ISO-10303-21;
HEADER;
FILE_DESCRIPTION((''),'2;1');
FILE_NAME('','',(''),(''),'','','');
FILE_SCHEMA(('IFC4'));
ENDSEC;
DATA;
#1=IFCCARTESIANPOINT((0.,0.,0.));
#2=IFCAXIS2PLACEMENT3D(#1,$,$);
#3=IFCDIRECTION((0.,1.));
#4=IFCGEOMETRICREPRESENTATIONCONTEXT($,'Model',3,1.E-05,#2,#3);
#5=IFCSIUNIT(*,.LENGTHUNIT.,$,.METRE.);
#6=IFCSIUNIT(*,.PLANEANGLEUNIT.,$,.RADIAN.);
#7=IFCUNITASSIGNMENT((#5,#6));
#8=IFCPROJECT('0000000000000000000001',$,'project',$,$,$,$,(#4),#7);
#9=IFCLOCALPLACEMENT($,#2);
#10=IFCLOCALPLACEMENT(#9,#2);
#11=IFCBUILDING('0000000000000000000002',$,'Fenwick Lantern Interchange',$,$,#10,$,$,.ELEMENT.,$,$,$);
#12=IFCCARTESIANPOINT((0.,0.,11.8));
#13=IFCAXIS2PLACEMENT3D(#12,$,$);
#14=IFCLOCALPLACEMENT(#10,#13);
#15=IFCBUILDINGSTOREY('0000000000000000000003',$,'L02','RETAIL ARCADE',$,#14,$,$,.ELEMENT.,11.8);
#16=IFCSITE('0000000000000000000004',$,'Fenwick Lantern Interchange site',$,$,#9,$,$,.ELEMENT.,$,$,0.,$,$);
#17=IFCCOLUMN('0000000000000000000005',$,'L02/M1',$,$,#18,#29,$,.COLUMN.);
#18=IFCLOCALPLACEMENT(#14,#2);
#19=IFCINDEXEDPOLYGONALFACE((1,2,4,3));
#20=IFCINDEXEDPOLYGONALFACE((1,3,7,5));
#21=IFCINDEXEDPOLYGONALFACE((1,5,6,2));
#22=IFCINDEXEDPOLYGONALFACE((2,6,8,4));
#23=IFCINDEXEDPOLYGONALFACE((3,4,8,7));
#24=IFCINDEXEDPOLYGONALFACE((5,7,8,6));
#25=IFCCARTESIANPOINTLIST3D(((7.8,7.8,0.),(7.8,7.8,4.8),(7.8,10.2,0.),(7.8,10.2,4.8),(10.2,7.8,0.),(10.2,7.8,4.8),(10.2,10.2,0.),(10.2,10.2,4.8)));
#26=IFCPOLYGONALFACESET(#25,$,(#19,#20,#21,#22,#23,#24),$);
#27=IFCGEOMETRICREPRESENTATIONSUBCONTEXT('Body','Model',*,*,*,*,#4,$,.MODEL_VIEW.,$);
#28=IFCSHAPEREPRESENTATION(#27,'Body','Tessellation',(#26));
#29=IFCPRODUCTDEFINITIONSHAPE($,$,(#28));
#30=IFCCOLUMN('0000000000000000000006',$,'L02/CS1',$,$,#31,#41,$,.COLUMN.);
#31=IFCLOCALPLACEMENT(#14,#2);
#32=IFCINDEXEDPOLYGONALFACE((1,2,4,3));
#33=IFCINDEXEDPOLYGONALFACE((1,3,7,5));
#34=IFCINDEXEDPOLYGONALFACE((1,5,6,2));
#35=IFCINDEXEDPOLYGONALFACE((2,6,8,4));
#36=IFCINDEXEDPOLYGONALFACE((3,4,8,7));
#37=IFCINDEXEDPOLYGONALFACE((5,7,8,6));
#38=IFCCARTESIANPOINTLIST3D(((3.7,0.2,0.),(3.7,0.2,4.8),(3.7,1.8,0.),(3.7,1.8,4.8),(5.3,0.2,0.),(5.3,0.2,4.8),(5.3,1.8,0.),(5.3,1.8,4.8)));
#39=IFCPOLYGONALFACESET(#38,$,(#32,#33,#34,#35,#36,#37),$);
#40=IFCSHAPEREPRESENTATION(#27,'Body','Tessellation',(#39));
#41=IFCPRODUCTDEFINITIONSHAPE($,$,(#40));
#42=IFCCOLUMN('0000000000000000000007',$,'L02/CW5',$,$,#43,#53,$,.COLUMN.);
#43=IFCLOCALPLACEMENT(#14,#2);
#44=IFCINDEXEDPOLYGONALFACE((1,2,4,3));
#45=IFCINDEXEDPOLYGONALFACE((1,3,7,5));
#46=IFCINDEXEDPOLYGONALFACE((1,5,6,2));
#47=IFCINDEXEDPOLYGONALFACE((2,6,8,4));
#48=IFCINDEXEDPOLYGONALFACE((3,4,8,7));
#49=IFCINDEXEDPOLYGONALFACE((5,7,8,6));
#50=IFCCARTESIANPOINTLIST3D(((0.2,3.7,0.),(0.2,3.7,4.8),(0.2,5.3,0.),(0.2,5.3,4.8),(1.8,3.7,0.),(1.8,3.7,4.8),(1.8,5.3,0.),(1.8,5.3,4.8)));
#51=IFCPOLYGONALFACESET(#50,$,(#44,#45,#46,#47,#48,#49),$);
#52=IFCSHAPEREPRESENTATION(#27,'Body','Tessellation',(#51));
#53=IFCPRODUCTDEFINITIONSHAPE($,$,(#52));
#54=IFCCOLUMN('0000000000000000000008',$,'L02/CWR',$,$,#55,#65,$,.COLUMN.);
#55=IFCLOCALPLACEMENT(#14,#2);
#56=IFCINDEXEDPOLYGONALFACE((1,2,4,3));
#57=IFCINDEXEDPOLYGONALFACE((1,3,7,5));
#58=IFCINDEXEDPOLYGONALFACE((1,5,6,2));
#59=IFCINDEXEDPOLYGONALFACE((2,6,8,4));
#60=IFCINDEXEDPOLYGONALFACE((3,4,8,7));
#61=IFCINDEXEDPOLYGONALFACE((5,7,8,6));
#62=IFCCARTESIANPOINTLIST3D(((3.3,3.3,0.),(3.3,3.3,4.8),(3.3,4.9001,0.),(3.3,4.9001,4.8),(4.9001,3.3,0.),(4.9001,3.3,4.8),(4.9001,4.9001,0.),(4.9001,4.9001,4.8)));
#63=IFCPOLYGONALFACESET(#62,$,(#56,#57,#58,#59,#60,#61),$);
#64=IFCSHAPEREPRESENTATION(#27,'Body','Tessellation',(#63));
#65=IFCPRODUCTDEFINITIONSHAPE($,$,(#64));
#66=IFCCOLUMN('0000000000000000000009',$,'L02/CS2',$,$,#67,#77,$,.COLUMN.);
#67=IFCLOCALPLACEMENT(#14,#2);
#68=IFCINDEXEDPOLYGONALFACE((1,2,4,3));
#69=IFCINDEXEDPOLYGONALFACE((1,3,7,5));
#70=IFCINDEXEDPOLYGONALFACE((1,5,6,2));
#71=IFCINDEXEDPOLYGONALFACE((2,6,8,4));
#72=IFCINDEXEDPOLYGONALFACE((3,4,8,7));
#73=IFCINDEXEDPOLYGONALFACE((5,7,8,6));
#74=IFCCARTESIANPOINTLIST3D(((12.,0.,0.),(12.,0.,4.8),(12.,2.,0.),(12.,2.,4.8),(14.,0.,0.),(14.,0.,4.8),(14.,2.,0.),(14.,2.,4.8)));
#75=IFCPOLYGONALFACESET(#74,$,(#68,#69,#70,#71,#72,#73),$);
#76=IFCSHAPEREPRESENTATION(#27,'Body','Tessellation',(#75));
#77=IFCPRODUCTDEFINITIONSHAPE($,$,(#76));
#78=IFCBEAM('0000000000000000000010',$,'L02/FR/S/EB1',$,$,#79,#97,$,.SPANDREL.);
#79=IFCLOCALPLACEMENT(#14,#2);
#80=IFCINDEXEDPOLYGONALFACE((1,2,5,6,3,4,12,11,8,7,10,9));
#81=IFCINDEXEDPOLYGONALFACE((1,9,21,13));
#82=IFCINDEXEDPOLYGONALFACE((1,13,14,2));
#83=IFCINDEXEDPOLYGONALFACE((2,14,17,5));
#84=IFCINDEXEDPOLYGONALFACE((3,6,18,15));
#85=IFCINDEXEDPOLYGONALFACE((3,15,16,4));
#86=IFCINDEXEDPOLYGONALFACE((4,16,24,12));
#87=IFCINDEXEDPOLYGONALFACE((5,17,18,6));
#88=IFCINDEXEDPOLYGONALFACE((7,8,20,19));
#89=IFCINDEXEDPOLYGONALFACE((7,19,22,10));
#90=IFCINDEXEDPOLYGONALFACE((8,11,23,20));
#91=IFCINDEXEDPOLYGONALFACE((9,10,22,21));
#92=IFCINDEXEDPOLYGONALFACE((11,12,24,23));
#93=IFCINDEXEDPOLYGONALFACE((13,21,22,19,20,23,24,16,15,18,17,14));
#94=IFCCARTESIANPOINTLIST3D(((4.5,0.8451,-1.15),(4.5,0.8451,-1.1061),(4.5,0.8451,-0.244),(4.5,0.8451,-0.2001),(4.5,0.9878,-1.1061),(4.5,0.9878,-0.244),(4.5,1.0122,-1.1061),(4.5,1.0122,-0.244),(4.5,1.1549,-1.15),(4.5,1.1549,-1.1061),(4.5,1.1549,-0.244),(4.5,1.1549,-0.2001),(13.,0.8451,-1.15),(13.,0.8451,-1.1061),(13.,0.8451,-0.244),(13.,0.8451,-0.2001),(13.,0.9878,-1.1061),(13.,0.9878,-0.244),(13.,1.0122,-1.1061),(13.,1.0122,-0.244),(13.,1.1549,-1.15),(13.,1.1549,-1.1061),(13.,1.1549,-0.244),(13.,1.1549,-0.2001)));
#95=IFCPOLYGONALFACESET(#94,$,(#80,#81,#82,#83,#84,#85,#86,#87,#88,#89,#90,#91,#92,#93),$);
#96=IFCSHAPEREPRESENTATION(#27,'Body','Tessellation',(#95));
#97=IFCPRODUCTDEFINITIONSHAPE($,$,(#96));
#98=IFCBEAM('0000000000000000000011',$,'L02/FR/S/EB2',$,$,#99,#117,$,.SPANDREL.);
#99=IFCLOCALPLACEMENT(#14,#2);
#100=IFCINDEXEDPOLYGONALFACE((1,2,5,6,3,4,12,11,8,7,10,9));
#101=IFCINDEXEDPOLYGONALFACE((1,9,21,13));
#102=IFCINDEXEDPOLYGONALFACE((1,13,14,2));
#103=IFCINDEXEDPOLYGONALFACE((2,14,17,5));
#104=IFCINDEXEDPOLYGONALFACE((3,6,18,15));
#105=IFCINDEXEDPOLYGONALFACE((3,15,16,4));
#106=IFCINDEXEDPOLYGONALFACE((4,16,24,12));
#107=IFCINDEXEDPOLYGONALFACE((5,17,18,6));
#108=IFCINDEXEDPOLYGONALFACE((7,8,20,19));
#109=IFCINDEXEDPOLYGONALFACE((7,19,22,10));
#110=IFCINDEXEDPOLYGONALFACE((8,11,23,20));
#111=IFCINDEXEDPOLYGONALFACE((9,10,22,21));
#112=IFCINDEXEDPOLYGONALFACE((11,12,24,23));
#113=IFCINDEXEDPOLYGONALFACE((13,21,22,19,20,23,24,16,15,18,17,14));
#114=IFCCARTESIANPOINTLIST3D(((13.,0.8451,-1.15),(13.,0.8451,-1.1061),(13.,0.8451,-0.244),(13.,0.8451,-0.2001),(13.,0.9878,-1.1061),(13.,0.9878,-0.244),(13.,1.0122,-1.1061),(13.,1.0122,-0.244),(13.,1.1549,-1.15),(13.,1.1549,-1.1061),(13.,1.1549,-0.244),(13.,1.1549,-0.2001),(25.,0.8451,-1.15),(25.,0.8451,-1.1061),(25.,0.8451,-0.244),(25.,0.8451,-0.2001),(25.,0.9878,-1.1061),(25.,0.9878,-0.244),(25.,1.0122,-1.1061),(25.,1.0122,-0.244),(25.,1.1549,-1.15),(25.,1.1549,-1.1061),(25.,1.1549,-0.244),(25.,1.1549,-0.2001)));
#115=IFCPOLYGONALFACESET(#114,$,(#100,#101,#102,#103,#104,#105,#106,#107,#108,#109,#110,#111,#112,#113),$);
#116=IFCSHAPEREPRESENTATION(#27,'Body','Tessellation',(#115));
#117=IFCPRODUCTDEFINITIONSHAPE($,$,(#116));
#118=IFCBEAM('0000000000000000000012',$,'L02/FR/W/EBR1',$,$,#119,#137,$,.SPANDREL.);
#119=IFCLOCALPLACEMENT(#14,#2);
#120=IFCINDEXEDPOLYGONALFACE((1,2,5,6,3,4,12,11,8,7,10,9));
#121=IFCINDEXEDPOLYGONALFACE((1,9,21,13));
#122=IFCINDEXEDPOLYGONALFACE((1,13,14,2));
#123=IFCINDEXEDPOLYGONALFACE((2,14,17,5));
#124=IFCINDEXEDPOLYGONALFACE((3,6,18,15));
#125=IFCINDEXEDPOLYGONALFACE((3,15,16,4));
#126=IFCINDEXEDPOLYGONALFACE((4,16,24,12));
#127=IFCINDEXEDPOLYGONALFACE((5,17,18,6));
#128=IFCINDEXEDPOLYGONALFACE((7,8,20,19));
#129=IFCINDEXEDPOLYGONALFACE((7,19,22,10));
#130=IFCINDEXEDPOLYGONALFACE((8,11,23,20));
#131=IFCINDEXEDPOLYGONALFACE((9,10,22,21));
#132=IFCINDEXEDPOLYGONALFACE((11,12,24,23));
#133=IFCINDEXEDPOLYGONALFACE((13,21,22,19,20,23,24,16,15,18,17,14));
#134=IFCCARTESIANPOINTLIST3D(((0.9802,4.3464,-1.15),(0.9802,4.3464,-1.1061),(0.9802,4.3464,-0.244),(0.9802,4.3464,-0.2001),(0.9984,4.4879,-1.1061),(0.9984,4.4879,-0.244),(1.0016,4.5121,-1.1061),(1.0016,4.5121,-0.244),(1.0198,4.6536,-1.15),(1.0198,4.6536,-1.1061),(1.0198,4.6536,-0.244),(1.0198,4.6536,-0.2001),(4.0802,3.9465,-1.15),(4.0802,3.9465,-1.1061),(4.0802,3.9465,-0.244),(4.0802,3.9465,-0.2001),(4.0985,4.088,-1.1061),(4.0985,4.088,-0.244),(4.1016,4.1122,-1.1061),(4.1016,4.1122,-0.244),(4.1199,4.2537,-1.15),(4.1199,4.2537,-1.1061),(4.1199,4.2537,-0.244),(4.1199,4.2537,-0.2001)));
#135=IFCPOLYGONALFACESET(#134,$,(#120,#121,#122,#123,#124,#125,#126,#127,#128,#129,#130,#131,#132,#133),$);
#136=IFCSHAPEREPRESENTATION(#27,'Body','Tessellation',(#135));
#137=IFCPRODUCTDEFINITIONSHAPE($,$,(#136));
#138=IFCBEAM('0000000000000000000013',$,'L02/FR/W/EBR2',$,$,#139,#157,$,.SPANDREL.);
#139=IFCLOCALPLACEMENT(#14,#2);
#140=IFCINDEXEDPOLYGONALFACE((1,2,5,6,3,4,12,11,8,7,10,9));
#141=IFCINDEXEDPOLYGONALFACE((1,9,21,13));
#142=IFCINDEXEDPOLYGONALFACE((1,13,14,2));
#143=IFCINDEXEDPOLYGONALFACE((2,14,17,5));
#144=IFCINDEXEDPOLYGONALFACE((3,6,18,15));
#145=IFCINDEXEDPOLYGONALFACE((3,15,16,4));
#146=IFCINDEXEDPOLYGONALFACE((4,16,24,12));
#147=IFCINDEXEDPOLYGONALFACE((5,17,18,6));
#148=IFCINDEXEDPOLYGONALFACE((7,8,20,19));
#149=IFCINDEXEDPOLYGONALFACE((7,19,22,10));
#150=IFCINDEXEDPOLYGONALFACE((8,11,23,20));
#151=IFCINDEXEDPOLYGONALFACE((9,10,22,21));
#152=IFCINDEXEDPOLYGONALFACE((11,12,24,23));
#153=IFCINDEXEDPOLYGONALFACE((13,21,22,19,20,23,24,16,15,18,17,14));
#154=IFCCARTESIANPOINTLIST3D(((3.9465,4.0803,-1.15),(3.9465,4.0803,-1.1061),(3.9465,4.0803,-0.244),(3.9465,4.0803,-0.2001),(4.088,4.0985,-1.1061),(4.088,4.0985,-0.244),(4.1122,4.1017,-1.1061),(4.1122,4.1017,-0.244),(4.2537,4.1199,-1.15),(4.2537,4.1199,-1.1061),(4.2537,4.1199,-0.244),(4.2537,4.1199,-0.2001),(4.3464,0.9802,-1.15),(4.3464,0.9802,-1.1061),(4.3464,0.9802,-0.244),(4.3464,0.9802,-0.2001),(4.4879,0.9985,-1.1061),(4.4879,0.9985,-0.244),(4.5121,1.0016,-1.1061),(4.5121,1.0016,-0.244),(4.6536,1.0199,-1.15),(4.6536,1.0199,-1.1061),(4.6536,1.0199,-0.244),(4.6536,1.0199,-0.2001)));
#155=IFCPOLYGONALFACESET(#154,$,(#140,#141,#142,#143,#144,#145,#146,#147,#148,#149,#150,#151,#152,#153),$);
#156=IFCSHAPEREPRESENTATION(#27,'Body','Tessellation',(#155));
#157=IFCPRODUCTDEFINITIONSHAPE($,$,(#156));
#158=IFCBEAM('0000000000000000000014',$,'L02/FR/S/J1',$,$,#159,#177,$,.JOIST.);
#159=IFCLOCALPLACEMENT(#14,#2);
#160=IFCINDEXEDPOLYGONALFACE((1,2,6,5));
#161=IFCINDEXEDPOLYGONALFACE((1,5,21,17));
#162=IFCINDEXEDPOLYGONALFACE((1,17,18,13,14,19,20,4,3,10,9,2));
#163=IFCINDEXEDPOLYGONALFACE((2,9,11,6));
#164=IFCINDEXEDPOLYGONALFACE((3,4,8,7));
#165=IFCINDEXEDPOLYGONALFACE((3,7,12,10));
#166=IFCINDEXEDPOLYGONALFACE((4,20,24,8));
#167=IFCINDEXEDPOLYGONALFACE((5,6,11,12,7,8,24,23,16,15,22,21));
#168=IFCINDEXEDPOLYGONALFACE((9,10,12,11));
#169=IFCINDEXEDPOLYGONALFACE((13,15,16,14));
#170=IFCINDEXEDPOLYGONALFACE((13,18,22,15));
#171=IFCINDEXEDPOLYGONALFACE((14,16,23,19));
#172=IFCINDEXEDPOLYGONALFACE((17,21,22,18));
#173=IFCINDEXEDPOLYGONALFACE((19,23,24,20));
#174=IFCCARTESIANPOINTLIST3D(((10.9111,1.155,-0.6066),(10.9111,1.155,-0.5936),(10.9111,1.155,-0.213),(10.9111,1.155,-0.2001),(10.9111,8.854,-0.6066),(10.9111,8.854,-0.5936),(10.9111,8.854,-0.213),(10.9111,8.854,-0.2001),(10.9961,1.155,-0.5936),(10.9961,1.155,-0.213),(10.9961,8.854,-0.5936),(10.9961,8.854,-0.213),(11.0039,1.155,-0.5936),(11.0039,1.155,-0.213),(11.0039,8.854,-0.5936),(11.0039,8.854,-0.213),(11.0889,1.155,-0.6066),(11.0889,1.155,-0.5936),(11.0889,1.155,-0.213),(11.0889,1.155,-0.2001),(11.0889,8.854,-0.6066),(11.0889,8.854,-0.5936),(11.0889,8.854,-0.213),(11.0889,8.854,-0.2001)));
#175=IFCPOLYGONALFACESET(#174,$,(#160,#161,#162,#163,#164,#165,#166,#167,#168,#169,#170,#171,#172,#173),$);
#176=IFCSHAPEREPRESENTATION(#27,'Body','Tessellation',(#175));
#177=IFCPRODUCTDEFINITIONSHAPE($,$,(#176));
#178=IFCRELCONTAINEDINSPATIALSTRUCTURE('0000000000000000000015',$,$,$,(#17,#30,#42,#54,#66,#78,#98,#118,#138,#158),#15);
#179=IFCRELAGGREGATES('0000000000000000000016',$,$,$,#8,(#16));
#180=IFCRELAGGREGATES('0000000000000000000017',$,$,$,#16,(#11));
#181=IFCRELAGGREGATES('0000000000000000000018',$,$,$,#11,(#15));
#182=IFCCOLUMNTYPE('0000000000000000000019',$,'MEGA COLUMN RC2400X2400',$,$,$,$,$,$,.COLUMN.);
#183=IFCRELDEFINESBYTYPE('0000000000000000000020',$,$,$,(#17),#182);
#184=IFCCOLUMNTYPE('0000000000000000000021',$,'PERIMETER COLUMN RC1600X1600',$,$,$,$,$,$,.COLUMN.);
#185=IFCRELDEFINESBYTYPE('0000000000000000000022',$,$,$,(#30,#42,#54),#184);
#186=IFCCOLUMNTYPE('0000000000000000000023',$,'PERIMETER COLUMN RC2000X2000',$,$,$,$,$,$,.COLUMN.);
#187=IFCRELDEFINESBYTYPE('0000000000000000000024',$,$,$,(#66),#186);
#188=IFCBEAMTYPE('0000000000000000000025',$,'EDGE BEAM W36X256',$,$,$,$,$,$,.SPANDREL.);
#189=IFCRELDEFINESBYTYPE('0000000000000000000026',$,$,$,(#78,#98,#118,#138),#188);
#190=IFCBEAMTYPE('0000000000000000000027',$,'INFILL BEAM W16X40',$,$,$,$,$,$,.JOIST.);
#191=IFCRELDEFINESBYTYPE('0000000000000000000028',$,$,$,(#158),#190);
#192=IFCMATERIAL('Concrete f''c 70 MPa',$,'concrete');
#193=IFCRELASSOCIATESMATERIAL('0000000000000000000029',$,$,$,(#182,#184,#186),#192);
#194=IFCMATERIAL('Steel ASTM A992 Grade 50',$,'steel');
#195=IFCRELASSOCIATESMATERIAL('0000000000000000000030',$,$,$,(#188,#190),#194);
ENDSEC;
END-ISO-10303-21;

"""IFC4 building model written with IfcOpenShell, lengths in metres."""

from ifc_helpers import new_model, si_unit, direction, frame, origin, origin_2d, place, context, subcontext, project, spatial, rectangle, i_section, extrude, material, material_profile, profile_set, type_object, element, save


model = new_model("IFC4")

# Units and contexts
model_context = context("Model", 3, precision=1e-05, world=origin(), true_north=direction((0.0, 1.0)))
body_context = subcontext(model_context, "Body", "Model", "MODEL_VIEW")
ifc_project = project(units=[si_unit("LENGTHUNIT", "METRE"), si_unit("PLANEANGLEUNIT", "RADIAN")], contexts=[model_context])

# Site, building, storey
site_placement = place(None, origin())
site = spatial("IfcSite", under=ifc_project, at=site_placement, Name="Fenwick Lantern Interchange site", CompositionType="ELEMENT", RefElevation=0.0)
building_placement = place(site_placement, origin())
building = spatial("IfcBuilding", under=site, at=building_placement, Name="Fenwick Lantern Interchange", CompositionType="ELEMENT")
storey_placement = place(building_placement, frame((0.0, 0.0, 11.8)))
storey = spatial("IfcBuildingStorey", under=building, at=storey_placement, Name="L02", Description="RETAIL ARCADE", CompositionType="ELEMENT", Elevation=11.8)

# Columns
ifc_material_1 = material(Name="Concrete f'c 70 MPa", Category="concrete")
ifc_material_profile_1 = material_profile(ifc_material_1, rectangle(XDim=2.3999, YDim=2.3999, at=origin_2d()), Name="RC2400X2400")
ifc_profile_set_1 = profile_set([ifc_material_profile_1], Name="Concrete f'c 70 MPa")
column_type_1 = type_object("IfcColumnType", Name="MEGA COLUMN RC2400X2400", PredefinedType="COLUMN", material=ifc_profile_set_1)
column_1_placement = place(storey_placement, frame((9.0, 9.0, 0.0), z_axis=(0.0, 0.0, 1.0), x_axis=(1.0, 0.0, 0.0)))
element("IfcColumn", 1, at=column_1_placement, inside=storey, type_object=column_type_1, Name="L02/M1", PredefinedType="COLUMN", context=body_context, shape_type="SweptSolid", body=[
    extrude(rectangle(XDim=2.3999, YDim=2.3999, at=origin_2d()), origin(), (0.0, 0.0, 1.0), 4.8),
])
ifc_material_profile_2 = material_profile(ifc_material_1, rectangle(XDim=1.6001, YDim=1.6001, at=origin_2d()), Name="RC1600X1600")
ifc_profile_set_2 = profile_set([ifc_material_profile_2], Name="Concrete f'c 70 MPa")
column_type_2 = type_object("IfcColumnType", Name="PERIMETER COLUMN RC1600X1600", PredefinedType="COLUMN", material=ifc_profile_set_2)
for number, where, z_axis, x_axis, name in (
    (2, (4.5, 1.0, 0.0), (0.0, 0.0, 1.0), (1.0, 0.0, 0.0), "L02/CS1"),
    (3, (1.0, 4.5, 0.0), (0.0, 0.0, 1.0), (1.0, 0.0, 0.0), "L02/CW5"),
    (4, (4.1001, 4.1001, 0.0), (0.0, 0.0, 1.0), (1.0, 0.0, 0.0), "L02/CWR"),
):
    element("IfcColumn", number, at=place(storey_placement, frame(where, z_axis=z_axis, x_axis=x_axis)), inside=storey, type_object=column_type_2, Name=name, PredefinedType="COLUMN", context=body_context, shape_type="SweptSolid", body=[
        extrude(rectangle(XDim=1.6001, YDim=1.6001, at=origin_2d()), origin(), (0.0, 0.0, 1.0), 4.8),
    ])
ifc_material_profile_3 = material_profile(ifc_material_1, rectangle(XDim=2.0, YDim=2.0, at=origin_2d()), Name="RC2000X2000")
ifc_profile_set_3 = profile_set([ifc_material_profile_3], Name="Concrete f'c 70 MPa")
column_type_3 = type_object("IfcColumnType", Name="PERIMETER COLUMN RC2000X2000", PredefinedType="COLUMN", material=ifc_profile_set_3)
column_2_placement = place(storey_placement, frame((13.0, 1.0, 0.0), z_axis=(0.0, 0.0, 1.0), x_axis=(1.0, 0.0, 0.0)))
element("IfcColumn", 5, at=column_2_placement, inside=storey, type_object=column_type_3, Name="L02/CS2", PredefinedType="COLUMN", context=body_context, shape_type="SweptSolid", body=[
    extrude(rectangle(XDim=2.0, YDim=2.0, at=origin_2d()), origin(), (0.0, 0.0, 1.0), 4.8),
])

# Beams
ifc_material_2 = material(Name="Steel ASTM A992 Grade 50", Category="steel")
ifc_material_profile_4 = material_profile(ifc_material_2, i_section(OverallWidth=0.3098, OverallDepth=0.95, WebThickness=0.0244, FlangeThickness=0.0439, at=origin_2d()), Name="W36X256")
ifc_profile_set_4 = profile_set([ifc_material_profile_4], Name="Steel ASTM A992 Grade 50")
beam_type_1 = type_object("IfcBeamType", Name="EDGE BEAM W36X256", PredefinedType="SPANDREL", material=ifc_profile_set_4)
beam_1_placement = place(storey_placement, frame((4.5, 1.0, -0.675), z_axis=(1.0, 0.0, 0.0), x_axis=(0.0, 1.0, 0.0)))
element("IfcBeam", 6, at=beam_1_placement, inside=storey, type_object=beam_type_1, Name="L02/FR/S/EB1", PredefinedType="SPANDREL", context=body_context, shape_type="SweptSolid", body=[
    extrude(i_section(OverallWidth=0.3098, OverallDepth=0.95, WebThickness=0.0244, FlangeThickness=0.0439, at=origin_2d()), origin(), (0.0, 0.0, 1.0), 8.5),
])
beam_2_placement = place(storey_placement, frame((13.0, 1.0, -0.675), z_axis=(1.0, 0.0, 0.0), x_axis=(0.0, 1.0, 0.0)))
element("IfcBeam", 7, at=beam_2_placement, inside=storey, type_object=beam_type_1, Name="L02/FR/S/EB2", PredefinedType="SPANDREL", context=body_context, shape_type="SweptSolid", body=[
    extrude(i_section(OverallWidth=0.3098, OverallDepth=0.95, WebThickness=0.0244, FlangeThickness=0.0439, at=origin_2d()), origin(), (0.0, 0.0, 1.0), 12.0),
])
for number, where, z_axis, x_axis, name in (
    (8, (1.0, 4.5, -0.675), (0.991782, -0.127937, 0.0), (0.127937, 0.991782, 0.0), "L02/FR/W/EBR1"),
    (9, (4.1001, 4.1001, -0.675), (0.127937, -0.991782, 0.0), (0.991782, 0.127937, 0.0), "L02/FR/W/EBR2"),
):
    element("IfcBeam", number, at=place(storey_placement, frame(where, z_axis=z_axis, x_axis=x_axis)), inside=storey, type_object=beam_type_1, Name=name, PredefinedType="SPANDREL", context=body_context, shape_type="SweptSolid", body=[
        extrude(i_section(OverallWidth=0.3098, OverallDepth=0.95, WebThickness=0.0244, FlangeThickness=0.0439, at=origin_2d()), origin(), (0.0, 0.0, 1.0), 3.1257),
    ])
ifc_material_profile_5 = material_profile(ifc_material_2, i_section(OverallWidth=0.1777, OverallDepth=0.4065, WebThickness=0.0078, FlangeThickness=0.0129, at=origin_2d()), Name="W16X40")
ifc_profile_set_5 = profile_set([ifc_material_profile_5], Name="Steel ASTM A992 Grade 50")
beam_type_2 = type_object("IfcBeamType", Name="INFILL BEAM W16X40", PredefinedType="JOIST", material=ifc_profile_set_5)
beam_3_placement = place(storey_placement, frame((11.0, 1.155, -0.4033), z_axis=(0.0, 1.0, 0.0), x_axis=(-1.0, 0.0, 0.0)))
element("IfcBeam", 10, at=beam_3_placement, inside=storey, type_object=beam_type_2, Name="L02/FR/S/J1", PredefinedType="JOIST", context=body_context, shape_type="SweptSolid", body=[
    extrude(i_section(OverallWidth=0.1777, OverallDepth=0.4065, WebThickness=0.0078, FlangeThickness=0.0129, at=origin_2d()), origin(), (0.0, 0.0, 1.0), 7.699),
])

save(model, "model.ifc")
